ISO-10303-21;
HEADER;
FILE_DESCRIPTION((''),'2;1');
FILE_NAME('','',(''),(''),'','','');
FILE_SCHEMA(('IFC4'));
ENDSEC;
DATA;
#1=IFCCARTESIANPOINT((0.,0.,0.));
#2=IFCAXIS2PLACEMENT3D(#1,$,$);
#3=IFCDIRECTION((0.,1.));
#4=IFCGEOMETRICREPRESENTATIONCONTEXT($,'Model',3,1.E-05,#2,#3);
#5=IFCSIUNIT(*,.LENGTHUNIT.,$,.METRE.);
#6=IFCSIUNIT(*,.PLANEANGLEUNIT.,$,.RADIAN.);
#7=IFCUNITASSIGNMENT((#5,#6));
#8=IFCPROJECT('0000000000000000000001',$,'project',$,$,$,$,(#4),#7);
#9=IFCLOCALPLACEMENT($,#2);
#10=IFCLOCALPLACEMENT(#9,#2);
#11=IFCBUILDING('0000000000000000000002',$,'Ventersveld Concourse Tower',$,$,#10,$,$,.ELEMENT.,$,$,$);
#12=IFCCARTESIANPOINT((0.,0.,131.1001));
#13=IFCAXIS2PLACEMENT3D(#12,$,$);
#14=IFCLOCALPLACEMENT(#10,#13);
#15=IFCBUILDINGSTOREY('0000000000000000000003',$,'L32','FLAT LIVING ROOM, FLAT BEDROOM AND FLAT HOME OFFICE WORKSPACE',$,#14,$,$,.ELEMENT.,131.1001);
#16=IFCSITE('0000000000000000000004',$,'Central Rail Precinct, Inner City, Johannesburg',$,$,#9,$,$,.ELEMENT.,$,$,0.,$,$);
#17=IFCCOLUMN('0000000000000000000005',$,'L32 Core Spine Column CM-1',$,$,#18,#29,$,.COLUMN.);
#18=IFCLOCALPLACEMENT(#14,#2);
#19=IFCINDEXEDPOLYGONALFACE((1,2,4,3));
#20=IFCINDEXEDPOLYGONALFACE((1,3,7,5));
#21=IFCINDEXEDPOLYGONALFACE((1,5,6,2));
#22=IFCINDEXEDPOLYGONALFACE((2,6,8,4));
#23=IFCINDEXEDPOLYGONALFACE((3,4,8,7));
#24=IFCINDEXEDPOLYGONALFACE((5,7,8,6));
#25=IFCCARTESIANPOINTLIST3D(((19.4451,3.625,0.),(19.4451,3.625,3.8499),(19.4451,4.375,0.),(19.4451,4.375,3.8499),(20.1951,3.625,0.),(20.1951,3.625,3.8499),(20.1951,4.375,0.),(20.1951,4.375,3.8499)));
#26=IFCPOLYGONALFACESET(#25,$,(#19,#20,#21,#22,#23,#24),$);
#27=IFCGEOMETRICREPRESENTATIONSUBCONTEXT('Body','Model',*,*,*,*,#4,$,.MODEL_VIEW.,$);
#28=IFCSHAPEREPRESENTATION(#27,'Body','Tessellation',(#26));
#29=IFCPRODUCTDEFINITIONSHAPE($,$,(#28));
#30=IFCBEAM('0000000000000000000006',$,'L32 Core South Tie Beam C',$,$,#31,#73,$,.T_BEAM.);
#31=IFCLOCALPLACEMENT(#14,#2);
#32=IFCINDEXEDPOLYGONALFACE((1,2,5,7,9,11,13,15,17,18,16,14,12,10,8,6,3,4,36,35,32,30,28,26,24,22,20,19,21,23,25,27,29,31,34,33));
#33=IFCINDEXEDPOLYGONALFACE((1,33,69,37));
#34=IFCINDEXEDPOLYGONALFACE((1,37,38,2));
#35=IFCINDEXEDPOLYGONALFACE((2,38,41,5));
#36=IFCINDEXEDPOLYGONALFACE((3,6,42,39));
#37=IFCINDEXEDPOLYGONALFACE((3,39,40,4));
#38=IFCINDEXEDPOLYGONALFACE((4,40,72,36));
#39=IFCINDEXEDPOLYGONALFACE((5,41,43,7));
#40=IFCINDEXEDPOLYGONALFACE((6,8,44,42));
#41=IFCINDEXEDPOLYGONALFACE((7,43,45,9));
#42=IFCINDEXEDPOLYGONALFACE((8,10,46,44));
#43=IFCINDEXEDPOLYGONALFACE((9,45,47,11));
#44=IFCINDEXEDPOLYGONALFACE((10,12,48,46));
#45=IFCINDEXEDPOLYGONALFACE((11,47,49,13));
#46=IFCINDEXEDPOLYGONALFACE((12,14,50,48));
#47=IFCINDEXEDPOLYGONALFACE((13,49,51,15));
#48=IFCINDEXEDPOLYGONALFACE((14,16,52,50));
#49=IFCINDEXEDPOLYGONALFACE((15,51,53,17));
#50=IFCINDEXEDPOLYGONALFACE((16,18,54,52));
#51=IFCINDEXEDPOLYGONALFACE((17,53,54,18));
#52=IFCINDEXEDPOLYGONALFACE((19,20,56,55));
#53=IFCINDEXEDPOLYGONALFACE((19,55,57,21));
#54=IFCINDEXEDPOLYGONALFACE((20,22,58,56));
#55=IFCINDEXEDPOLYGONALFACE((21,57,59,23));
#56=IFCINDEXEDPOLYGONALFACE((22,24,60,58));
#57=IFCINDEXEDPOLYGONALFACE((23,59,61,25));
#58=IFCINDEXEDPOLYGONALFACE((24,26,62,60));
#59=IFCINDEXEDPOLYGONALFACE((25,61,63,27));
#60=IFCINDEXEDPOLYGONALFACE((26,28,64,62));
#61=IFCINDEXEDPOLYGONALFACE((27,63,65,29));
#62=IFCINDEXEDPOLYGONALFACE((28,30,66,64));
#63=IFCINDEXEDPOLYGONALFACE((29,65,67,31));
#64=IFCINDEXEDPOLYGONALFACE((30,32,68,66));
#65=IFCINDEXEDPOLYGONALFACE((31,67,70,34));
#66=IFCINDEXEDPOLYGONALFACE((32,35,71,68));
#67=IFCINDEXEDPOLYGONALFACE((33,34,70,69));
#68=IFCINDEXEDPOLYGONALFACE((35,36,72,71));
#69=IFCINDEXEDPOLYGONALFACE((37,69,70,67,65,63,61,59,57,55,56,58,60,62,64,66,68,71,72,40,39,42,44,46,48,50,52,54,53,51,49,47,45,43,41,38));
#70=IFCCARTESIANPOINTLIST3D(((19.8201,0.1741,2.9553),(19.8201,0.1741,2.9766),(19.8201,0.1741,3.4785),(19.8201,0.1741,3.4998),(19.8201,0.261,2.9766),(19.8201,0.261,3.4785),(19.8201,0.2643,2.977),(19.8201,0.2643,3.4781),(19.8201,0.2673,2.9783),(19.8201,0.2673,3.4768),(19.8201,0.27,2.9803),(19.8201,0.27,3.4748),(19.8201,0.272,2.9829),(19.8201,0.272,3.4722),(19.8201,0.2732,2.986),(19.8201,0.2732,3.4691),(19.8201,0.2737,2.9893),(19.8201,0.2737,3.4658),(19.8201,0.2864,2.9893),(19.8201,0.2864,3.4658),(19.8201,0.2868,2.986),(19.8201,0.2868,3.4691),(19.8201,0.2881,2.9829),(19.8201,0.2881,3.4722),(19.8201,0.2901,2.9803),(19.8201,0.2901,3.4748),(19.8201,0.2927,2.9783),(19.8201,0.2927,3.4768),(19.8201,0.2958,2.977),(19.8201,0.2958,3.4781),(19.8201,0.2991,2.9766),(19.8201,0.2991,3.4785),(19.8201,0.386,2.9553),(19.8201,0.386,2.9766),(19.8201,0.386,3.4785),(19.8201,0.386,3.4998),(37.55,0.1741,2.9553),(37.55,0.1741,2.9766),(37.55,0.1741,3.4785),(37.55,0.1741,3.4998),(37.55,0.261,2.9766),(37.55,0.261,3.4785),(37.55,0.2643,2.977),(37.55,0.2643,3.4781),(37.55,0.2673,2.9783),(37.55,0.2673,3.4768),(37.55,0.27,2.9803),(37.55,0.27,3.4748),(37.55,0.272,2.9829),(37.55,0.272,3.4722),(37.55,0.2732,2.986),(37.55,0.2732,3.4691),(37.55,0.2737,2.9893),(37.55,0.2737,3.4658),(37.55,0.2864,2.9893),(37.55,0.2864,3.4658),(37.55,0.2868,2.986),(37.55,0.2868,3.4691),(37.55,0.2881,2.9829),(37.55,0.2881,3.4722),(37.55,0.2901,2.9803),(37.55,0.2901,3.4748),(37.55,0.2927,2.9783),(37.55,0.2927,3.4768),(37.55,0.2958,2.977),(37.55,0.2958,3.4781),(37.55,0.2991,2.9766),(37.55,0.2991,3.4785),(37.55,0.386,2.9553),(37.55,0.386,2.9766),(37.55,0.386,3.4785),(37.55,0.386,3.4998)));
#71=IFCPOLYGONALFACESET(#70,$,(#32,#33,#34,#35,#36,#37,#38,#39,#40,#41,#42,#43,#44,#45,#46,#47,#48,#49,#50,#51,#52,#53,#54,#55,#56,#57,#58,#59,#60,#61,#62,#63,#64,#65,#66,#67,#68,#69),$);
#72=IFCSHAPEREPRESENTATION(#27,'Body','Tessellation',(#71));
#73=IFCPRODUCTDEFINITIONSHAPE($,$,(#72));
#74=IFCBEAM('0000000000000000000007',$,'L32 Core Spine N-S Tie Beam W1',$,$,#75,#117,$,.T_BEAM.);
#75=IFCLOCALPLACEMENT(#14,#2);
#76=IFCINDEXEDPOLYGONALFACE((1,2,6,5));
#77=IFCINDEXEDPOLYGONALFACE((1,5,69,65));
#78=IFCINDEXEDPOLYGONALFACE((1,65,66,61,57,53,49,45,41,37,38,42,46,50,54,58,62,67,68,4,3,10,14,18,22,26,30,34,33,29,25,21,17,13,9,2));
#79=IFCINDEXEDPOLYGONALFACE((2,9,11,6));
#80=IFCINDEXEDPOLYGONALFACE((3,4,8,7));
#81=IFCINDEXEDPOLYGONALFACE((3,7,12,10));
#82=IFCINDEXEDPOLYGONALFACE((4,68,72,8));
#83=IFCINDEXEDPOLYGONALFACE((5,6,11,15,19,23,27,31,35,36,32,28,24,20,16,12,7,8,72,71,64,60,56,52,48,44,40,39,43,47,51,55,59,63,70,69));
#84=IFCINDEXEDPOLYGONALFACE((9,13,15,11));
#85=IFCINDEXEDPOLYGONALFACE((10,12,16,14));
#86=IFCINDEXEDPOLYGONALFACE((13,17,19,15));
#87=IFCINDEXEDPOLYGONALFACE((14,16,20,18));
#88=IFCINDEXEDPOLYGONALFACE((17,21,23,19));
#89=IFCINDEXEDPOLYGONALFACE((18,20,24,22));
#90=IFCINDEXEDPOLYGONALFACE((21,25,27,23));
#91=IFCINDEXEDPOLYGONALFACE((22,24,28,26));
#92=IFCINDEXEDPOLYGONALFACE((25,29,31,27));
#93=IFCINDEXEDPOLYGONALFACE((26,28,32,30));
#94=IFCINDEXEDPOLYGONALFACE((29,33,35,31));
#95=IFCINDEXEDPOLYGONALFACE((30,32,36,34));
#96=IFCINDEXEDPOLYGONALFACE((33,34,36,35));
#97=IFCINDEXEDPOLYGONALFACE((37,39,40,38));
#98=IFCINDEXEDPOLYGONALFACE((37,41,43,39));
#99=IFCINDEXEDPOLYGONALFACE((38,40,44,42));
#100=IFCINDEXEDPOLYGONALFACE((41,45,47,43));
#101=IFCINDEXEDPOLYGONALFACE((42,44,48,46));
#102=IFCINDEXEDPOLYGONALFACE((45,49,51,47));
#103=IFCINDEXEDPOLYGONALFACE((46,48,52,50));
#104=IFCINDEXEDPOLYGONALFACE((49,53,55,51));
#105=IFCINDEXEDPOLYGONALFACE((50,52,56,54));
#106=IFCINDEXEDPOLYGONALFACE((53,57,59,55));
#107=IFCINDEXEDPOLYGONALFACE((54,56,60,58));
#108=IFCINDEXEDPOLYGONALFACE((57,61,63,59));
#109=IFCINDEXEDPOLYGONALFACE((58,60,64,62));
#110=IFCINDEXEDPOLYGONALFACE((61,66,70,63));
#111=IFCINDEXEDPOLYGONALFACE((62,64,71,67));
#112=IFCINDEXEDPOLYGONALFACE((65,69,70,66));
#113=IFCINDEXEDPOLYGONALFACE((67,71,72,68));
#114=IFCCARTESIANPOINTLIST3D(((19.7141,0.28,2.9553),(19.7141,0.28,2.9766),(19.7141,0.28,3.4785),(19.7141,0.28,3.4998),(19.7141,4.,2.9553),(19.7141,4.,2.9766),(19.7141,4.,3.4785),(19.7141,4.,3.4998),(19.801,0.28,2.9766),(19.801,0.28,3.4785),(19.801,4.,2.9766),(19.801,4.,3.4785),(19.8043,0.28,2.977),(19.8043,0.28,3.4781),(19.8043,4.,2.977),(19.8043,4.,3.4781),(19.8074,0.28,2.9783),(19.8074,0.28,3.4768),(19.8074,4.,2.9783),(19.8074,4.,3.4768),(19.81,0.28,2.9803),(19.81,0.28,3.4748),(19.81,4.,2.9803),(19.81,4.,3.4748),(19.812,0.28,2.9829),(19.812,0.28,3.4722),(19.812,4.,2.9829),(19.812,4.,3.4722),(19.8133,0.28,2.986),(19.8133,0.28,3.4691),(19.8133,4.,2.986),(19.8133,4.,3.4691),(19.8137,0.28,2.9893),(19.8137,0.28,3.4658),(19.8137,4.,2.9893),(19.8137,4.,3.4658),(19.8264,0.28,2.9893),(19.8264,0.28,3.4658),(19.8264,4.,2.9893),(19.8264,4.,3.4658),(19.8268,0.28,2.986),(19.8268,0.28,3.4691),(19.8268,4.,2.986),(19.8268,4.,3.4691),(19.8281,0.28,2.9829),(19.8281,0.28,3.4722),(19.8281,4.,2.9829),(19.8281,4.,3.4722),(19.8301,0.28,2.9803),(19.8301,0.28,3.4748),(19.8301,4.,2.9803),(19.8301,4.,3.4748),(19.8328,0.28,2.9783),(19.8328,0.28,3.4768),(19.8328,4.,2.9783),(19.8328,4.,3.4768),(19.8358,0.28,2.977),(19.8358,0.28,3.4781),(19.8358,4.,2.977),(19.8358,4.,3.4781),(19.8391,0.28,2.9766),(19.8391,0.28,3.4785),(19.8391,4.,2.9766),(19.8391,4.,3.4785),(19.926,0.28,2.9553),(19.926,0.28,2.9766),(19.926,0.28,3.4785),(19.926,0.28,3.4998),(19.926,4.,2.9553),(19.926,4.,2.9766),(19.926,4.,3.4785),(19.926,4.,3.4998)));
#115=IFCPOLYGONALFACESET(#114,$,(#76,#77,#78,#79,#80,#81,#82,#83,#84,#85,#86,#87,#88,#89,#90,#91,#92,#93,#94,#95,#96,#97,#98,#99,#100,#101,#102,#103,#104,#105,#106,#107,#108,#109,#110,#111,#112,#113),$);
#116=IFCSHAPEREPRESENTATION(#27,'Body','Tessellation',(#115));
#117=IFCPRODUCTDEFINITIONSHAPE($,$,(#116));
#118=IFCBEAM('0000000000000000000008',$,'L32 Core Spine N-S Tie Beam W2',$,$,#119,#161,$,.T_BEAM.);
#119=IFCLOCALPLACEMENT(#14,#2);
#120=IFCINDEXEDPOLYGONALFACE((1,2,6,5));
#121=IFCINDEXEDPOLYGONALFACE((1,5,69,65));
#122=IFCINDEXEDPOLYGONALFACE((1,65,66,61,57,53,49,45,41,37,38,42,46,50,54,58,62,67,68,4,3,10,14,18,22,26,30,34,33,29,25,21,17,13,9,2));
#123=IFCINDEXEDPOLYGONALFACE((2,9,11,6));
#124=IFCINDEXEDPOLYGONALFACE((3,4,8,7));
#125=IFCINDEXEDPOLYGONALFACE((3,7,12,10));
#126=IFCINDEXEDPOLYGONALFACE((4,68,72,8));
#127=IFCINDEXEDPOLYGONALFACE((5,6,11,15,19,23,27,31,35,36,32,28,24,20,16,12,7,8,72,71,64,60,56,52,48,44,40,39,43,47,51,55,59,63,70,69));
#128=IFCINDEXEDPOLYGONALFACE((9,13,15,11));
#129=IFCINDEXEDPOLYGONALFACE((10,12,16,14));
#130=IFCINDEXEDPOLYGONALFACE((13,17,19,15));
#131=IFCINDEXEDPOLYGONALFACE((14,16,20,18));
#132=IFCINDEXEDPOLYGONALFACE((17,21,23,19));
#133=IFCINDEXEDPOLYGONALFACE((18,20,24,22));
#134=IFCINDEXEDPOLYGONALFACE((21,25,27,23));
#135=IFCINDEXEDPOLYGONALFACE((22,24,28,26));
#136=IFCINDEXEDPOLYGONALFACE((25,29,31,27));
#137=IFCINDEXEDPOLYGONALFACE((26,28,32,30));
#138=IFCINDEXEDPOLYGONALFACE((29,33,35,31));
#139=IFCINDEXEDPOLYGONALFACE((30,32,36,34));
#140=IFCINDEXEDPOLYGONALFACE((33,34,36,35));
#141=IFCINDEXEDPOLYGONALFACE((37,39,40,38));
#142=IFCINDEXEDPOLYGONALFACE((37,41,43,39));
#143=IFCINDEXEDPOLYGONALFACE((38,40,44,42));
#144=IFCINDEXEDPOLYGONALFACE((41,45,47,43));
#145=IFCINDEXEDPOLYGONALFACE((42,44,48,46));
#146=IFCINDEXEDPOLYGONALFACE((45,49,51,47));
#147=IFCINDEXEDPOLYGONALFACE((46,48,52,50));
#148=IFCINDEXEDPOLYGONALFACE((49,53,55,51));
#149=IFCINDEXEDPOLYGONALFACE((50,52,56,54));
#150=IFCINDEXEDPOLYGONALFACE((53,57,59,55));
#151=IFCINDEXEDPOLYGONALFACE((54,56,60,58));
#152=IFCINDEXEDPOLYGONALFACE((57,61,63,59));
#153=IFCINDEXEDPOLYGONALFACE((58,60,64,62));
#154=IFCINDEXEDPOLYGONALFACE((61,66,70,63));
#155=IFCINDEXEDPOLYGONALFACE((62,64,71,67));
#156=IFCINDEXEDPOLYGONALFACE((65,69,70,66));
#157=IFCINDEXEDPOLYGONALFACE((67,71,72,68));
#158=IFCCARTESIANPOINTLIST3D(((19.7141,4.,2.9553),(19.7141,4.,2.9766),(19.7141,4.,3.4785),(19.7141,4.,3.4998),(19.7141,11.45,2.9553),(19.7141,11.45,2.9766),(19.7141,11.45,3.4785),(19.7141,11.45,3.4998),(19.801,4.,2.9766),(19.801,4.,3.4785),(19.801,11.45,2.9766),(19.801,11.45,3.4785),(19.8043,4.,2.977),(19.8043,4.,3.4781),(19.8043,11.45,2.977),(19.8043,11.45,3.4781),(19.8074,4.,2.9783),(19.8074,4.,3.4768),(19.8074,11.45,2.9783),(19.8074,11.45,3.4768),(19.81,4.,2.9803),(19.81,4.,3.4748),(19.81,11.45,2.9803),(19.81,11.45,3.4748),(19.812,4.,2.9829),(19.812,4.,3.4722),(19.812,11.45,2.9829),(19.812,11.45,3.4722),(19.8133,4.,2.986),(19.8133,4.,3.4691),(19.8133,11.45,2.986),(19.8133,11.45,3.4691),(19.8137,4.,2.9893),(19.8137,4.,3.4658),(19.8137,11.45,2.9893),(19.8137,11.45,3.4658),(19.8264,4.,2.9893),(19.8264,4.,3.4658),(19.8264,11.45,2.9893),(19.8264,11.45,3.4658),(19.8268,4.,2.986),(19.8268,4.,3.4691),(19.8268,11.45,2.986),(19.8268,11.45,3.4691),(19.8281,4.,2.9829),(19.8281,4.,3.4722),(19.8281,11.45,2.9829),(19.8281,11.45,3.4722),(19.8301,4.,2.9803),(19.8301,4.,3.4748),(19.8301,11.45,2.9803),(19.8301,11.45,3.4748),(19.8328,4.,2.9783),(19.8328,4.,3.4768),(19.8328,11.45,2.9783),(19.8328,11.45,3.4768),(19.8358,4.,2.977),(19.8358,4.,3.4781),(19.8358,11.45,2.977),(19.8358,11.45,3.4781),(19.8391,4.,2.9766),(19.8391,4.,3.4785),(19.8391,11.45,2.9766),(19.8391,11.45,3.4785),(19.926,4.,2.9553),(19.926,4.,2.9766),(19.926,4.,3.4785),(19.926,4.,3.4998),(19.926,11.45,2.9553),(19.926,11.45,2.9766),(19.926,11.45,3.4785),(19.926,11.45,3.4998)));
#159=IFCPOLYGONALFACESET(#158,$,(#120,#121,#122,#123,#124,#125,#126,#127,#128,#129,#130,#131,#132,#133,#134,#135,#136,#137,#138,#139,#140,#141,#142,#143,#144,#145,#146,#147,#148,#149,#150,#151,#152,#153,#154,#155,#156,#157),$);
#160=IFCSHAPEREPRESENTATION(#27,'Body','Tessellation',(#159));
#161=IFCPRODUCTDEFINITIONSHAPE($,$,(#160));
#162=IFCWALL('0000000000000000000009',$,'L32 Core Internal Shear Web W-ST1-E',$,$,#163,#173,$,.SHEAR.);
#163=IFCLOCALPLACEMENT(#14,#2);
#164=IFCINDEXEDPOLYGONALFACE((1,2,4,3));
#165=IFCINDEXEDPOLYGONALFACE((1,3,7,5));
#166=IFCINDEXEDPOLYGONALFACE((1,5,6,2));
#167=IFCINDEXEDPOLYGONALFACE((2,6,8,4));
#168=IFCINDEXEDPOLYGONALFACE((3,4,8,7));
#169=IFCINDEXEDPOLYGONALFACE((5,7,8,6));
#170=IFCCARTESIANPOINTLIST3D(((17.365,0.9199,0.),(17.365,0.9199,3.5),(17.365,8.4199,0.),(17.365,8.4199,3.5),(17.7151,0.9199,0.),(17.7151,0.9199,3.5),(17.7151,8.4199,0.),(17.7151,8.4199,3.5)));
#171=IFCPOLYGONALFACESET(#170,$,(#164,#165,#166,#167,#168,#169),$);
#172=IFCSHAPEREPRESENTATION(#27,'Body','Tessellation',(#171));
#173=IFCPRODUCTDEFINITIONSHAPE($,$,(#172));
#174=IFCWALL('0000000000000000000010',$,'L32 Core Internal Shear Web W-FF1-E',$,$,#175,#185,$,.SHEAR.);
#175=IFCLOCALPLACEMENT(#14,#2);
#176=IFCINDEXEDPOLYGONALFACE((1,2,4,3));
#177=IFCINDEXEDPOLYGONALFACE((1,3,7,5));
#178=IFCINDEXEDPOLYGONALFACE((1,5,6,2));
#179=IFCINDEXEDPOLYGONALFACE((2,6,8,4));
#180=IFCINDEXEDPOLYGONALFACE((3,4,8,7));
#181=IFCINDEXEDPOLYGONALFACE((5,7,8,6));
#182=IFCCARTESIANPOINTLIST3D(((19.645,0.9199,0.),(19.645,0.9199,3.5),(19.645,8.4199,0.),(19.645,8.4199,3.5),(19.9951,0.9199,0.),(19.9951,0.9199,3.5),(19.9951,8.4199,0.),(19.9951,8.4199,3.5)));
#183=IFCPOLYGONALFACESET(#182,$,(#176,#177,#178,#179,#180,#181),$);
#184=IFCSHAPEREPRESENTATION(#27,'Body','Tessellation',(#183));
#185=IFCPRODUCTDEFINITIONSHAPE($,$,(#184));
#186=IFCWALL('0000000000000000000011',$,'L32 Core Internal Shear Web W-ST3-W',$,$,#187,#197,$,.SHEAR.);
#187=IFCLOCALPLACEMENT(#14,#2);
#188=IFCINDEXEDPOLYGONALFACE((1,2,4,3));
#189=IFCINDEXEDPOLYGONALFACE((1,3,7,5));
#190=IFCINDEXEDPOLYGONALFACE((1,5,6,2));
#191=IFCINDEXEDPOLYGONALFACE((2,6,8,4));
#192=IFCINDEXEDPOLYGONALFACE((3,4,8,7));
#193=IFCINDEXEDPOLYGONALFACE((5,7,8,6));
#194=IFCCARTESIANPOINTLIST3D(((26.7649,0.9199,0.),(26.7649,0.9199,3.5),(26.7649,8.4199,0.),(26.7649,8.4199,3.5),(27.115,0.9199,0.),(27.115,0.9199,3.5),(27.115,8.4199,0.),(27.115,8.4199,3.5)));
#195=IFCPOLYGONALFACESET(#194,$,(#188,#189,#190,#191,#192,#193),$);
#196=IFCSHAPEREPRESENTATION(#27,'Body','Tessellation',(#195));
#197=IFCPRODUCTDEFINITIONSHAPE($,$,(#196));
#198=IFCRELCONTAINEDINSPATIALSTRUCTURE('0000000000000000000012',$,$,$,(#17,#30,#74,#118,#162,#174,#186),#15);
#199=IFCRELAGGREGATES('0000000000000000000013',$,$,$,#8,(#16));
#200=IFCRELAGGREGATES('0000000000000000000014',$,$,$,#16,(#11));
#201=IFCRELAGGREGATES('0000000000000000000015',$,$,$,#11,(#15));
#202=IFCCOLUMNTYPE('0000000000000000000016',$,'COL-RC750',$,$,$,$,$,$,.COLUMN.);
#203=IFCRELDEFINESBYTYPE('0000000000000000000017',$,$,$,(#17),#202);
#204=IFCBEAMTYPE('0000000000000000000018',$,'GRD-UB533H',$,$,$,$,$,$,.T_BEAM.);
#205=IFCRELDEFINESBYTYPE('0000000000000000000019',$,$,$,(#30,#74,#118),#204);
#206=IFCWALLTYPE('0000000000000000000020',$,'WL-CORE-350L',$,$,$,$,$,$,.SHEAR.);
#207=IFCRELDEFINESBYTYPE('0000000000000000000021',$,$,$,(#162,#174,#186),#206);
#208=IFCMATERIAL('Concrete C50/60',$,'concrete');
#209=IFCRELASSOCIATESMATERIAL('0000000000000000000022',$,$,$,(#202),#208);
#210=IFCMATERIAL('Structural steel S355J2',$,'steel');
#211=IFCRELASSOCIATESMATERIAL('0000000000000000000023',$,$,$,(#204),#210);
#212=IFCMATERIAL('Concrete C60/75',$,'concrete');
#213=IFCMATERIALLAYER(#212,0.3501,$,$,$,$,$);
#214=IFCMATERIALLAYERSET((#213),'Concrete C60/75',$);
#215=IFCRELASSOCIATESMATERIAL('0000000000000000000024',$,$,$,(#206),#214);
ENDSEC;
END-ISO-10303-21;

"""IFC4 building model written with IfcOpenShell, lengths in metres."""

from ifc_helpers import new_model, si_unit, direction, frame, frame_2d, origin, origin_2d, place, context, subcontext, project, spatial, rectangle, i_section, extrude, material, layer, layer_set, material_profile, profile_set, type_object, element, save


model = new_model("IFC4")

# Units and contexts
model_context = context("Model", 3, precision=1e-05, world=origin(), true_north=direction((0.0, 1.0)))
body_context = subcontext(model_context, "Body", "Model", "MODEL_VIEW")
ifc_project = project(units=[si_unit("LENGTHUNIT", "METRE"), si_unit("PLANEANGLEUNIT", "RADIAN")], contexts=[model_context])

# Site, building, storey
site_placement = place(None, origin())
site = spatial("IfcSite", under=ifc_project, at=site_placement, Name="Central Rail Precinct, Inner City, Johannesburg", CompositionType="ELEMENT", RefElevation=0.0)
building_placement = place(site_placement, origin())
building = spatial("IfcBuilding", under=site, at=building_placement, Name="Ventersveld Concourse Tower", CompositionType="ELEMENT")
storey_placement = place(building_placement, frame((0.0, 0.0, 131.1001)))
storey = spatial("IfcBuildingStorey", under=building, at=storey_placement, Name="L32", Description="FLAT LIVING ROOM, FLAT BEDROOM AND FLAT HOME OFFICE WORKSPACE", CompositionType="ELEMENT", Elevation=131.1001)

# Column
ifc_material_1 = material(Name="Concrete C50/60", Category="concrete")
ifc_material_profile_1 = material_profile(ifc_material_1, rectangle(XDim=0.75, YDim=0.75, at=origin_2d()), Name="RC 750x750")
ifc_profile_set_1 = profile_set([ifc_material_profile_1], Name="Concrete C50/60")
column_type = type_object("IfcColumnType", Name="COL-RC750", PredefinedType="COLUMN", material=ifc_profile_set_1)
column_placement = place(storey_placement, frame((19.8201, 4.0, 0.0), z_axis=(0.0, 0.0, 1.0), x_axis=(1.0, 0.0, 0.0)))
element("IfcColumn", 1, at=column_placement, inside=storey, type_object=column_type, Name="L32 Core Spine Column CM-1", PredefinedType="COLUMN", context=body_context, shape_type="SweptSolid", body=[
    extrude(rectangle(XDim=0.75, YDim=0.75, at=origin_2d()), origin(), (0.0, 0.0, 1.0), 3.8499),
])

# Beams
ifc_material_2 = material(Name="Structural steel S355J2", Category="steel")
ifc_material_profile_2 = material_profile(ifc_material_2, i_section(OverallWidth=0.2119, OverallDepth=0.5444, WebThickness=0.0127, FlangeThickness=0.0212, FilletRadius=0.0127, at=origin_2d()), Name="UB 533x210x122")
ifc_profile_set_2 = profile_set([ifc_material_profile_2], Name="Structural steel S355J2")
beam_type = type_object("IfcBeamType", Name="GRD-UB533H", PredefinedType="T_BEAM", material=ifc_profile_set_2)
beam_1_placement = place(storey_placement, frame((19.8201, 0.28, 3.2275), z_axis=(1.0, 0.0, 0.0), x_axis=(0.0, 1.0, 0.0)))
element("IfcBeam", 2, at=beam_1_placement, inside=storey, type_object=beam_type, Name="L32 Core South Tie Beam C", PredefinedType="T_BEAM", context=body_context, shape_type="SweptSolid", body=[
    extrude(i_section(OverallWidth=0.2119, OverallDepth=0.5444, WebThickness=0.0127, FlangeThickness=0.0212, FilletRadius=0.0127, at=origin_2d()), origin(), (0.0, 0.0, 1.0), 17.73),
])
beam_2_placement = place(storey_placement, frame((19.8201, 0.28, 3.2275), z_axis=(0.0, 1.0, 0.0), x_axis=(-1.0, 0.0, 0.0)))
element("IfcBeam", 3, at=beam_2_placement, inside=storey, type_object=beam_type, Name="L32 Core Spine N-S Tie Beam W1", PredefinedType="T_BEAM", context=body_context, shape_type="SweptSolid", body=[
    extrude(i_section(OverallWidth=0.2119, OverallDepth=0.5444, WebThickness=0.0127, FlangeThickness=0.0212, FilletRadius=0.0127, at=origin_2d()), origin(), (0.0, 0.0, 1.0), 3.72),
])
beam_3_placement = place(storey_placement, frame((19.8201, 4.0, 3.2275), z_axis=(0.0, 1.0, 0.0), x_axis=(-1.0, 0.0, 0.0)))
element("IfcBeam", 4, at=beam_3_placement, inside=storey, type_object=beam_type, Name="L32 Core Spine N-S Tie Beam W2", PredefinedType="T_BEAM", context=body_context, shape_type="SweptSolid", body=[
    extrude(i_section(OverallWidth=0.2119, OverallDepth=0.5444, WebThickness=0.0127, FlangeThickness=0.0212, FilletRadius=0.0127, at=origin_2d()), origin(), (0.0, 0.0, 1.0), 7.45),
])

# Walls
ifc_material_3 = material(Name="Concrete C60/75", Category="concrete")
ifc_layer_1 = layer(ifc_material_3, 0.3501)
ifc_layer_set_1 = layer_set([ifc_layer_1], Name="Concrete C60/75")
wall_type_1 = type_object("IfcWallType", Name="WL-CORE-350L", PredefinedType="SHEAR", material=ifc_layer_set_1)
for number, where, z_axis, x_axis, name in (
    (5, (17.54, 0.9199, 0.0), (0.0, 0.0, 1.0), (0.0, 1.0, 0.0), "L32 Core Internal Shear Web W-ST1-E"),
    (6, (19.8201, 0.9199, 0.0), (0.0, 0.0, 1.0), (0.0, 1.0, 0.0), "L32 Core Internal Shear Web W-FF1-E"),
    (7, (26.9399, 0.9199, 0.0), (0.0, 0.0, 1.0), (0.0, 1.0, 0.0), "L32 Core Internal Shear Web W-ST3-W"),
):
    element("IfcWall", number, at=place(storey_placement, frame(where, z_axis=z_axis, x_axis=x_axis)), inside=storey, type_object=wall_type_1, Name=name, PredefinedType="SHEAR", context=body_context, shape_type="SweptSolid", body=[
        extrude(rectangle(XDim=7.5, YDim=0.3501, at=frame_2d((3.75, 0.0))), origin(), (0.0, 0.0, 1.0), 3.5),
    ])

save(model, "model.ifc")
